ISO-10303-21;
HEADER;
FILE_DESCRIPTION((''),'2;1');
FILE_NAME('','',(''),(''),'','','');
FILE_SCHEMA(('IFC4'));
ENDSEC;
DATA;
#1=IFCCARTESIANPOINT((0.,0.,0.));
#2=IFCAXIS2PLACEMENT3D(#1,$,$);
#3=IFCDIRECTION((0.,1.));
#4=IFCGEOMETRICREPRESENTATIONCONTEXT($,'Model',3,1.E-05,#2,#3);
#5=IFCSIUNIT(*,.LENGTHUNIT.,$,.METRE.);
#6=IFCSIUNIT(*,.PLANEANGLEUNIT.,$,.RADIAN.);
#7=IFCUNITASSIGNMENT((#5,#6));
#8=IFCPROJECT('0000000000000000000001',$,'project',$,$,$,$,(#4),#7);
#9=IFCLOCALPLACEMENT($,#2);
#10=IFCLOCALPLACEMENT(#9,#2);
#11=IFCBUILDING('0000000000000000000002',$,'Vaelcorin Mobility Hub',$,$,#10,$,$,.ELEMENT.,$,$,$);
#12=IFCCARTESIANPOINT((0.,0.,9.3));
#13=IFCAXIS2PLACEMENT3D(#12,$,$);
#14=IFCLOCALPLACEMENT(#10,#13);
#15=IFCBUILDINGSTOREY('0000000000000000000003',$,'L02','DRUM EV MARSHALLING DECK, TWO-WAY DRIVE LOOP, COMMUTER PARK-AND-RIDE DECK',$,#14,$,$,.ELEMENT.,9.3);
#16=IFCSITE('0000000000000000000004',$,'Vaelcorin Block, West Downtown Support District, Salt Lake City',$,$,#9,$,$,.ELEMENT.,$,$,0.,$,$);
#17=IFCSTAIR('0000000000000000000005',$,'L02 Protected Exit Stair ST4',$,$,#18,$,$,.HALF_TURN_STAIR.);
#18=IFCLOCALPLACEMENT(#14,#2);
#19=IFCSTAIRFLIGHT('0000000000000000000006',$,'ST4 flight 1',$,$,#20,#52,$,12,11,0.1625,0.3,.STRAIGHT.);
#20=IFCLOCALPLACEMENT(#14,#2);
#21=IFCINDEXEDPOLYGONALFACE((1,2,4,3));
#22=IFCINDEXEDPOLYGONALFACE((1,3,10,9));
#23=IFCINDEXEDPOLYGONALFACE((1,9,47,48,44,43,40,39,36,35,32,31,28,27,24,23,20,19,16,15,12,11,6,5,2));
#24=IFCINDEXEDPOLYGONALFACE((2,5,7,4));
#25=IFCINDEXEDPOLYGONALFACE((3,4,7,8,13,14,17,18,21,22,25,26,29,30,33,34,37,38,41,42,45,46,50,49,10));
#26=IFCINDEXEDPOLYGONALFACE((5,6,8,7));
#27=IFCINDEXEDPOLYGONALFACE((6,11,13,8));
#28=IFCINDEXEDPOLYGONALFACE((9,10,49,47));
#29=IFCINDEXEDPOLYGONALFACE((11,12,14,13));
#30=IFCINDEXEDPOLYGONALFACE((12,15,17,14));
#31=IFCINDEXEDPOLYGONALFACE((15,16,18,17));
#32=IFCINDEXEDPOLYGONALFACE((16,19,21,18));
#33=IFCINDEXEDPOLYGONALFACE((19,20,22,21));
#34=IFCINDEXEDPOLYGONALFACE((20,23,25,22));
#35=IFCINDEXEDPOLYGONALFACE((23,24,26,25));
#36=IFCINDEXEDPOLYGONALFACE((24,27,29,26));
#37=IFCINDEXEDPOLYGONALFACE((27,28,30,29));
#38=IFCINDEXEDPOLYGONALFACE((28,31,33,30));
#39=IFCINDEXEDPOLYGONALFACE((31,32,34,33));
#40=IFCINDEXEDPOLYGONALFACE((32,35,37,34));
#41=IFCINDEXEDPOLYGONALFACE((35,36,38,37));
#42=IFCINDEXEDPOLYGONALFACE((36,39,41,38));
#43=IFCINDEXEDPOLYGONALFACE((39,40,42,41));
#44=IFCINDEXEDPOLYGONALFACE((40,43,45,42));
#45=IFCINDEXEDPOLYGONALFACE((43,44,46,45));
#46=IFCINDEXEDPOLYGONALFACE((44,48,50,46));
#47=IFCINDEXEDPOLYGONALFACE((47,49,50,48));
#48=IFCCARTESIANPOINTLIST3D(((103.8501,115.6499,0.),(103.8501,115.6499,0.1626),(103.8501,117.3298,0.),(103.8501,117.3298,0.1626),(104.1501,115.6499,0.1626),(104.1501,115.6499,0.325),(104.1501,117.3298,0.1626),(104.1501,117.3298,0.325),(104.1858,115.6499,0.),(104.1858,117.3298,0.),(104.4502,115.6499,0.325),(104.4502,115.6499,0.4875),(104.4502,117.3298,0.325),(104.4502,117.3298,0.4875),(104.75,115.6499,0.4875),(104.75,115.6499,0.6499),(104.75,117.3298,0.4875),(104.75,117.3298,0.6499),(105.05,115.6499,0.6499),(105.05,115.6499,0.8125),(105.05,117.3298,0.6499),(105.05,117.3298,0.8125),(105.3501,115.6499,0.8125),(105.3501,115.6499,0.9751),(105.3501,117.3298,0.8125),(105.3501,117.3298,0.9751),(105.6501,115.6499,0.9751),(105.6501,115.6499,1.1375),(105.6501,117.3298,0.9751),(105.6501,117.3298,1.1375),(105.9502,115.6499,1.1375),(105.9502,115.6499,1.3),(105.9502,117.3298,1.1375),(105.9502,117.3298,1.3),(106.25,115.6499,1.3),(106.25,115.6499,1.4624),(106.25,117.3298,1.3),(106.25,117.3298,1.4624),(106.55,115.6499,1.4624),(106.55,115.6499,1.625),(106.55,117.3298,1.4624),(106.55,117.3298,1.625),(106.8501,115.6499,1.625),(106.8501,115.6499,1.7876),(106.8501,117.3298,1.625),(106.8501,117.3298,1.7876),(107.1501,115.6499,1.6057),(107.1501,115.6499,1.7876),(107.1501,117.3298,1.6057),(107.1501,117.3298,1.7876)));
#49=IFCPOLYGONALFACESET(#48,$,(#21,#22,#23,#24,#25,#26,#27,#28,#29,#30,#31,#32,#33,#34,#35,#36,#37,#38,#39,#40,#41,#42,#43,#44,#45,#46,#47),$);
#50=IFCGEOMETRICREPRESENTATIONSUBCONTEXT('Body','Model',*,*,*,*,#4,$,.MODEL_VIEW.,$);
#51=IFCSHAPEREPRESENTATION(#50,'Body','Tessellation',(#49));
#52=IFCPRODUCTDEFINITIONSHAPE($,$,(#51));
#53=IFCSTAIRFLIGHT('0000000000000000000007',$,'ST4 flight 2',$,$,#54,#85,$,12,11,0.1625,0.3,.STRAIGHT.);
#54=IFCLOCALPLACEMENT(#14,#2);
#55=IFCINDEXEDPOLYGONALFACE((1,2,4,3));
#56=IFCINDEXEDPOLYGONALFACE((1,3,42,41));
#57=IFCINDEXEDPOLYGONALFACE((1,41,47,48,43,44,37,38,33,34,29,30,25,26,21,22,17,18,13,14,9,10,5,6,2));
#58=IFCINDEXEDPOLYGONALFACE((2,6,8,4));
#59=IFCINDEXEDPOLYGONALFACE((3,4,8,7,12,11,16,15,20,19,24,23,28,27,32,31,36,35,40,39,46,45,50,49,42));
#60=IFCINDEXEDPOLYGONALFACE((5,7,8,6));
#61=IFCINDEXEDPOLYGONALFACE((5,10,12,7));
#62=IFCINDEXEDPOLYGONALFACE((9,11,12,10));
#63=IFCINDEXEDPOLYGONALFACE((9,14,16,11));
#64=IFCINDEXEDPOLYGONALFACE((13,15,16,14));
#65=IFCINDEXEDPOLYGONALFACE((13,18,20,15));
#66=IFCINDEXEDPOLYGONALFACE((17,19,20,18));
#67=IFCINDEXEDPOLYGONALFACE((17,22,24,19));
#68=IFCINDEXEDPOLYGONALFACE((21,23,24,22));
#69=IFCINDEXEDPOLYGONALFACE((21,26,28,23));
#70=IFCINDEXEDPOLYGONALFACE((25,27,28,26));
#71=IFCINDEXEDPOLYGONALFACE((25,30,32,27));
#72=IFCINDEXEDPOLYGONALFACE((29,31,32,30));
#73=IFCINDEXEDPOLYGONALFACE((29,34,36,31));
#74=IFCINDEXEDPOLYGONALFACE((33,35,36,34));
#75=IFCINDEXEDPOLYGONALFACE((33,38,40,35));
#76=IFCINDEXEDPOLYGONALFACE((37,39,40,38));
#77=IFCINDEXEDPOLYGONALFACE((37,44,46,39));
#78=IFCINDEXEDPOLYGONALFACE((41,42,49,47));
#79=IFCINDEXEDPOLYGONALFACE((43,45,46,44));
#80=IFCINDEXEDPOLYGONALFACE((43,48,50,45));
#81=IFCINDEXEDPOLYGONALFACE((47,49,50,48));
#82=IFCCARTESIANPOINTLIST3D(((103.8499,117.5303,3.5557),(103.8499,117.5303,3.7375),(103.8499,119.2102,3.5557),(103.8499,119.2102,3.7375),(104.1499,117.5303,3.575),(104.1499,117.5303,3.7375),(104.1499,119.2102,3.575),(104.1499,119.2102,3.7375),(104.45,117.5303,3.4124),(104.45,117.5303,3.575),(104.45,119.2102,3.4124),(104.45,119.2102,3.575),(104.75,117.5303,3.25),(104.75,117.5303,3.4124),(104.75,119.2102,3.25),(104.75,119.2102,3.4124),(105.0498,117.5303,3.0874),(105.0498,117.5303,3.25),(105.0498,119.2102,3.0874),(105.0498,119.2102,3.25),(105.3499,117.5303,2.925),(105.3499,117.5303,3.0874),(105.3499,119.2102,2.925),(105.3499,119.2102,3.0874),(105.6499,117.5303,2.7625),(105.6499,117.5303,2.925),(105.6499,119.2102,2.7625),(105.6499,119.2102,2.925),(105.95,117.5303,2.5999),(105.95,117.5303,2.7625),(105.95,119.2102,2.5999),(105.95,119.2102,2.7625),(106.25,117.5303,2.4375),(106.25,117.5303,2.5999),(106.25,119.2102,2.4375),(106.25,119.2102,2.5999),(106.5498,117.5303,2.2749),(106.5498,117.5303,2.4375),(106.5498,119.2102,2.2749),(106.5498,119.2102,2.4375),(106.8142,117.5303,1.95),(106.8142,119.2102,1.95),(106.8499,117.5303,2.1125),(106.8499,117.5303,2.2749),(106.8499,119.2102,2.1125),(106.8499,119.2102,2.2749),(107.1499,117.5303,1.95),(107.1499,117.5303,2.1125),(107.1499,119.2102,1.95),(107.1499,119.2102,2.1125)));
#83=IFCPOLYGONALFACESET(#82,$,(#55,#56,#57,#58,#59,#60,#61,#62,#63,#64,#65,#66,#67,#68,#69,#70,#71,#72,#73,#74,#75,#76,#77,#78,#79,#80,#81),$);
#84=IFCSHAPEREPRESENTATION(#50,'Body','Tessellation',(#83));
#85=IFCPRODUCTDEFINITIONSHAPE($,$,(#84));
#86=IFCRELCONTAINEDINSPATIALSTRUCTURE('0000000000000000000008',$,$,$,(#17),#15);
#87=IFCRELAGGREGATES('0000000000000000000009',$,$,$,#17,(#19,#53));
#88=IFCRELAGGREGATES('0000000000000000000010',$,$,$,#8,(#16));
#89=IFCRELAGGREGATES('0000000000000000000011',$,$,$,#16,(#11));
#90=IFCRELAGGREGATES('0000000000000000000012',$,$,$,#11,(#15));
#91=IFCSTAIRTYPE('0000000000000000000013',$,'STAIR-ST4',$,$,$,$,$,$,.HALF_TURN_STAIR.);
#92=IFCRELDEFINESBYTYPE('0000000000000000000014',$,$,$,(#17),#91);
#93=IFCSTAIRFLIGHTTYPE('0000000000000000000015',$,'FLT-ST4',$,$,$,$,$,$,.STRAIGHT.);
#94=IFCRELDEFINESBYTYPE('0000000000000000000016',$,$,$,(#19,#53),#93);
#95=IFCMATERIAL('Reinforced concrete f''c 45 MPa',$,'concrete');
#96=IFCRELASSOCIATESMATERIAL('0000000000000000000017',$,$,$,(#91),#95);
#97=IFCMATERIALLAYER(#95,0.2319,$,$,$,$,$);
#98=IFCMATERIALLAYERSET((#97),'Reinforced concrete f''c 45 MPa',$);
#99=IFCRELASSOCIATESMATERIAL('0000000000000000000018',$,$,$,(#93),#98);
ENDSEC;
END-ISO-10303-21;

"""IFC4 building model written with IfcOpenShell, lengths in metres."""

from ifc_helpers import new_model, si_unit, direction, frame, origin, place, context, subcontext, project, spatial, polyline, outline, extrude, material, layer, layer_set, type_object, element, aggregate, save


model = new_model("IFC4")

# Units and contexts
model_context = context("Model", 3, precision=1e-05, world=origin(), true_north=direction((0.0, 1.0)))
body_context = subcontext(model_context, "Body", "Model", "MODEL_VIEW")
ifc_project = project(units=[si_unit("LENGTHUNIT", "METRE"), si_unit("PLANEANGLEUNIT", "RADIAN")], contexts=[model_context])

# Site, building, storey
site_placement = place(None, origin())
site = spatial("IfcSite", under=ifc_project, at=site_placement, Name="Vaelcorin Block, West Downtown Support District, Salt Lake City", CompositionType="ELEMENT", RefElevation=0.0)
building_placement = place(site_placement, origin())
building = spatial("IfcBuilding", under=site, at=building_placement, Name="Vaelcorin Mobility Hub", CompositionType="ELEMENT")
storey_placement = place(building_placement, frame((0.0, 0.0, 9.3)))
storey = spatial("IfcBuildingStorey", under=building, at=storey_placement, Name="L02", Description="DRUM EV MARSHALLING DECK, TWO-WAY DRIVE LOOP, COMMUTER PARK-AND-RIDE DECK", CompositionType="ELEMENT", Elevation=9.3)

# Shared definitions
ifc_material_1 = material(Name="Reinforced concrete f'c 45 MPa", Category="concrete")

# Stair, stair flights
stair_type = type_object("IfcStairType", Name="STAIR-ST4", PredefinedType="HALF_TURN_STAIR", material=ifc_material_1)
stair_placement = place(storey_placement, origin())
stair = element("IfcStair", 1, at=stair_placement, inside=storey, type_object=stair_type, Name="L02 Protected Exit Stair ST4", PredefinedType="HALF_TURN_STAIR")
ifc_layer_1 = layer(ifc_material_1, 0.2319)
ifc_layer_set_1 = layer_set([ifc_layer_1], Name="Reinforced concrete f'c 45 MPa")
stair_flight_type = type_object("IfcStairFlightType", Name="FLT-ST4", PredefinedType="STRAIGHT", material=ifc_layer_set_1)
stair_flight_1_placement = place(storey_placement, frame((103.8501, 116.49, 0.0), z_axis=(0.0, 0.0, 1.0), x_axis=(1.0, 0.0, 0.0)))
stair_flight_1 = element("IfcStairFlight", 2, at=stair_flight_1_placement, type_object=stair_flight_type, Name="ST4 flight 1", NumberOfRisers=12, NumberOfTreads=11, PredefinedType="STRAIGHT", RiserHeight=0.1625, TreadLength=0.3, context=body_context, shape_type="SweptSolid", body=[
    extrude(outline(polyline([(0.0, 0.0), (0.0, 0.1626), (0.3, 0.1626), (0.3, 0.325), (0.6001, 0.325), (0.6001, 0.4875), (0.8999, 0.4875), (0.8999, 0.6499), (1.2, 0.6499), (1.2, 0.8125), (1.5, 0.8125), (1.5, 0.9751), (1.8, 0.9751), (1.8, 1.1375), (2.1001, 1.1375), (2.1001, 1.3), (2.3999, 1.3), (2.3999, 1.4624), (2.7, 1.4624), (2.7, 1.625), (3.0, 1.625), (3.0, 1.7876), (3.3, 1.7876), (3.3, 1.95), (3.3, 1.6057), (0.3357, 0.0), (0.0, 0.0)])), frame((0.0, 0.8398, 0.0), z_axis=(0.0, -1.0, 0.0), x_axis=(1.0, 0.0, 0.0)), (0.0, 0.0, 1.0), 1.6799),
])
stair_flight_2_placement = place(storey_placement, frame((107.1499, 118.3701, 1.95), z_axis=(0.0, 0.0, 1.0), x_axis=(-1.0, 0.0, 0.0)))
stair_flight_2 = element("IfcStairFlight", 3, at=stair_flight_2_placement, type_object=stair_flight_type, Name="ST4 flight 2", NumberOfRisers=12, NumberOfTreads=11, PredefinedType="STRAIGHT", RiserHeight=0.1625, TreadLength=0.3, context=body_context, shape_type="SweptSolid", body=[
    extrude(outline(polyline([(0.0, 0.0), (0.0, 0.1626), (0.3, 0.1626), (0.3, 0.325), (0.6001, 0.325), (0.6001, 0.4875), (0.8999, 0.4875), (0.8999, 0.6499), (1.2, 0.6499), (1.2, 0.8125), (1.5, 0.8125), (1.5, 0.9751), (1.8, 0.9751), (1.8, 1.1375), (2.1001, 1.1375), (2.1001, 1.3), (2.3999, 1.3), (2.3999, 1.4624), (2.7, 1.4624), (2.7, 1.625), (3.0, 1.625), (3.0, 1.7876), (3.3, 1.7876), (3.3, 1.95), (3.3, 1.6057), (0.3357, 0.0), (0.0, 0.0)])), frame((0.0, 0.8398, 0.0), z_axis=(0.0, -1.0, 0.0), x_axis=(1.0, 0.0, 0.0)), (0.0, 0.0, 1.0), 1.6799),
])
aggregate(stair, [stair_flight_1, stair_flight_2])

save(model, "model.ifc")
